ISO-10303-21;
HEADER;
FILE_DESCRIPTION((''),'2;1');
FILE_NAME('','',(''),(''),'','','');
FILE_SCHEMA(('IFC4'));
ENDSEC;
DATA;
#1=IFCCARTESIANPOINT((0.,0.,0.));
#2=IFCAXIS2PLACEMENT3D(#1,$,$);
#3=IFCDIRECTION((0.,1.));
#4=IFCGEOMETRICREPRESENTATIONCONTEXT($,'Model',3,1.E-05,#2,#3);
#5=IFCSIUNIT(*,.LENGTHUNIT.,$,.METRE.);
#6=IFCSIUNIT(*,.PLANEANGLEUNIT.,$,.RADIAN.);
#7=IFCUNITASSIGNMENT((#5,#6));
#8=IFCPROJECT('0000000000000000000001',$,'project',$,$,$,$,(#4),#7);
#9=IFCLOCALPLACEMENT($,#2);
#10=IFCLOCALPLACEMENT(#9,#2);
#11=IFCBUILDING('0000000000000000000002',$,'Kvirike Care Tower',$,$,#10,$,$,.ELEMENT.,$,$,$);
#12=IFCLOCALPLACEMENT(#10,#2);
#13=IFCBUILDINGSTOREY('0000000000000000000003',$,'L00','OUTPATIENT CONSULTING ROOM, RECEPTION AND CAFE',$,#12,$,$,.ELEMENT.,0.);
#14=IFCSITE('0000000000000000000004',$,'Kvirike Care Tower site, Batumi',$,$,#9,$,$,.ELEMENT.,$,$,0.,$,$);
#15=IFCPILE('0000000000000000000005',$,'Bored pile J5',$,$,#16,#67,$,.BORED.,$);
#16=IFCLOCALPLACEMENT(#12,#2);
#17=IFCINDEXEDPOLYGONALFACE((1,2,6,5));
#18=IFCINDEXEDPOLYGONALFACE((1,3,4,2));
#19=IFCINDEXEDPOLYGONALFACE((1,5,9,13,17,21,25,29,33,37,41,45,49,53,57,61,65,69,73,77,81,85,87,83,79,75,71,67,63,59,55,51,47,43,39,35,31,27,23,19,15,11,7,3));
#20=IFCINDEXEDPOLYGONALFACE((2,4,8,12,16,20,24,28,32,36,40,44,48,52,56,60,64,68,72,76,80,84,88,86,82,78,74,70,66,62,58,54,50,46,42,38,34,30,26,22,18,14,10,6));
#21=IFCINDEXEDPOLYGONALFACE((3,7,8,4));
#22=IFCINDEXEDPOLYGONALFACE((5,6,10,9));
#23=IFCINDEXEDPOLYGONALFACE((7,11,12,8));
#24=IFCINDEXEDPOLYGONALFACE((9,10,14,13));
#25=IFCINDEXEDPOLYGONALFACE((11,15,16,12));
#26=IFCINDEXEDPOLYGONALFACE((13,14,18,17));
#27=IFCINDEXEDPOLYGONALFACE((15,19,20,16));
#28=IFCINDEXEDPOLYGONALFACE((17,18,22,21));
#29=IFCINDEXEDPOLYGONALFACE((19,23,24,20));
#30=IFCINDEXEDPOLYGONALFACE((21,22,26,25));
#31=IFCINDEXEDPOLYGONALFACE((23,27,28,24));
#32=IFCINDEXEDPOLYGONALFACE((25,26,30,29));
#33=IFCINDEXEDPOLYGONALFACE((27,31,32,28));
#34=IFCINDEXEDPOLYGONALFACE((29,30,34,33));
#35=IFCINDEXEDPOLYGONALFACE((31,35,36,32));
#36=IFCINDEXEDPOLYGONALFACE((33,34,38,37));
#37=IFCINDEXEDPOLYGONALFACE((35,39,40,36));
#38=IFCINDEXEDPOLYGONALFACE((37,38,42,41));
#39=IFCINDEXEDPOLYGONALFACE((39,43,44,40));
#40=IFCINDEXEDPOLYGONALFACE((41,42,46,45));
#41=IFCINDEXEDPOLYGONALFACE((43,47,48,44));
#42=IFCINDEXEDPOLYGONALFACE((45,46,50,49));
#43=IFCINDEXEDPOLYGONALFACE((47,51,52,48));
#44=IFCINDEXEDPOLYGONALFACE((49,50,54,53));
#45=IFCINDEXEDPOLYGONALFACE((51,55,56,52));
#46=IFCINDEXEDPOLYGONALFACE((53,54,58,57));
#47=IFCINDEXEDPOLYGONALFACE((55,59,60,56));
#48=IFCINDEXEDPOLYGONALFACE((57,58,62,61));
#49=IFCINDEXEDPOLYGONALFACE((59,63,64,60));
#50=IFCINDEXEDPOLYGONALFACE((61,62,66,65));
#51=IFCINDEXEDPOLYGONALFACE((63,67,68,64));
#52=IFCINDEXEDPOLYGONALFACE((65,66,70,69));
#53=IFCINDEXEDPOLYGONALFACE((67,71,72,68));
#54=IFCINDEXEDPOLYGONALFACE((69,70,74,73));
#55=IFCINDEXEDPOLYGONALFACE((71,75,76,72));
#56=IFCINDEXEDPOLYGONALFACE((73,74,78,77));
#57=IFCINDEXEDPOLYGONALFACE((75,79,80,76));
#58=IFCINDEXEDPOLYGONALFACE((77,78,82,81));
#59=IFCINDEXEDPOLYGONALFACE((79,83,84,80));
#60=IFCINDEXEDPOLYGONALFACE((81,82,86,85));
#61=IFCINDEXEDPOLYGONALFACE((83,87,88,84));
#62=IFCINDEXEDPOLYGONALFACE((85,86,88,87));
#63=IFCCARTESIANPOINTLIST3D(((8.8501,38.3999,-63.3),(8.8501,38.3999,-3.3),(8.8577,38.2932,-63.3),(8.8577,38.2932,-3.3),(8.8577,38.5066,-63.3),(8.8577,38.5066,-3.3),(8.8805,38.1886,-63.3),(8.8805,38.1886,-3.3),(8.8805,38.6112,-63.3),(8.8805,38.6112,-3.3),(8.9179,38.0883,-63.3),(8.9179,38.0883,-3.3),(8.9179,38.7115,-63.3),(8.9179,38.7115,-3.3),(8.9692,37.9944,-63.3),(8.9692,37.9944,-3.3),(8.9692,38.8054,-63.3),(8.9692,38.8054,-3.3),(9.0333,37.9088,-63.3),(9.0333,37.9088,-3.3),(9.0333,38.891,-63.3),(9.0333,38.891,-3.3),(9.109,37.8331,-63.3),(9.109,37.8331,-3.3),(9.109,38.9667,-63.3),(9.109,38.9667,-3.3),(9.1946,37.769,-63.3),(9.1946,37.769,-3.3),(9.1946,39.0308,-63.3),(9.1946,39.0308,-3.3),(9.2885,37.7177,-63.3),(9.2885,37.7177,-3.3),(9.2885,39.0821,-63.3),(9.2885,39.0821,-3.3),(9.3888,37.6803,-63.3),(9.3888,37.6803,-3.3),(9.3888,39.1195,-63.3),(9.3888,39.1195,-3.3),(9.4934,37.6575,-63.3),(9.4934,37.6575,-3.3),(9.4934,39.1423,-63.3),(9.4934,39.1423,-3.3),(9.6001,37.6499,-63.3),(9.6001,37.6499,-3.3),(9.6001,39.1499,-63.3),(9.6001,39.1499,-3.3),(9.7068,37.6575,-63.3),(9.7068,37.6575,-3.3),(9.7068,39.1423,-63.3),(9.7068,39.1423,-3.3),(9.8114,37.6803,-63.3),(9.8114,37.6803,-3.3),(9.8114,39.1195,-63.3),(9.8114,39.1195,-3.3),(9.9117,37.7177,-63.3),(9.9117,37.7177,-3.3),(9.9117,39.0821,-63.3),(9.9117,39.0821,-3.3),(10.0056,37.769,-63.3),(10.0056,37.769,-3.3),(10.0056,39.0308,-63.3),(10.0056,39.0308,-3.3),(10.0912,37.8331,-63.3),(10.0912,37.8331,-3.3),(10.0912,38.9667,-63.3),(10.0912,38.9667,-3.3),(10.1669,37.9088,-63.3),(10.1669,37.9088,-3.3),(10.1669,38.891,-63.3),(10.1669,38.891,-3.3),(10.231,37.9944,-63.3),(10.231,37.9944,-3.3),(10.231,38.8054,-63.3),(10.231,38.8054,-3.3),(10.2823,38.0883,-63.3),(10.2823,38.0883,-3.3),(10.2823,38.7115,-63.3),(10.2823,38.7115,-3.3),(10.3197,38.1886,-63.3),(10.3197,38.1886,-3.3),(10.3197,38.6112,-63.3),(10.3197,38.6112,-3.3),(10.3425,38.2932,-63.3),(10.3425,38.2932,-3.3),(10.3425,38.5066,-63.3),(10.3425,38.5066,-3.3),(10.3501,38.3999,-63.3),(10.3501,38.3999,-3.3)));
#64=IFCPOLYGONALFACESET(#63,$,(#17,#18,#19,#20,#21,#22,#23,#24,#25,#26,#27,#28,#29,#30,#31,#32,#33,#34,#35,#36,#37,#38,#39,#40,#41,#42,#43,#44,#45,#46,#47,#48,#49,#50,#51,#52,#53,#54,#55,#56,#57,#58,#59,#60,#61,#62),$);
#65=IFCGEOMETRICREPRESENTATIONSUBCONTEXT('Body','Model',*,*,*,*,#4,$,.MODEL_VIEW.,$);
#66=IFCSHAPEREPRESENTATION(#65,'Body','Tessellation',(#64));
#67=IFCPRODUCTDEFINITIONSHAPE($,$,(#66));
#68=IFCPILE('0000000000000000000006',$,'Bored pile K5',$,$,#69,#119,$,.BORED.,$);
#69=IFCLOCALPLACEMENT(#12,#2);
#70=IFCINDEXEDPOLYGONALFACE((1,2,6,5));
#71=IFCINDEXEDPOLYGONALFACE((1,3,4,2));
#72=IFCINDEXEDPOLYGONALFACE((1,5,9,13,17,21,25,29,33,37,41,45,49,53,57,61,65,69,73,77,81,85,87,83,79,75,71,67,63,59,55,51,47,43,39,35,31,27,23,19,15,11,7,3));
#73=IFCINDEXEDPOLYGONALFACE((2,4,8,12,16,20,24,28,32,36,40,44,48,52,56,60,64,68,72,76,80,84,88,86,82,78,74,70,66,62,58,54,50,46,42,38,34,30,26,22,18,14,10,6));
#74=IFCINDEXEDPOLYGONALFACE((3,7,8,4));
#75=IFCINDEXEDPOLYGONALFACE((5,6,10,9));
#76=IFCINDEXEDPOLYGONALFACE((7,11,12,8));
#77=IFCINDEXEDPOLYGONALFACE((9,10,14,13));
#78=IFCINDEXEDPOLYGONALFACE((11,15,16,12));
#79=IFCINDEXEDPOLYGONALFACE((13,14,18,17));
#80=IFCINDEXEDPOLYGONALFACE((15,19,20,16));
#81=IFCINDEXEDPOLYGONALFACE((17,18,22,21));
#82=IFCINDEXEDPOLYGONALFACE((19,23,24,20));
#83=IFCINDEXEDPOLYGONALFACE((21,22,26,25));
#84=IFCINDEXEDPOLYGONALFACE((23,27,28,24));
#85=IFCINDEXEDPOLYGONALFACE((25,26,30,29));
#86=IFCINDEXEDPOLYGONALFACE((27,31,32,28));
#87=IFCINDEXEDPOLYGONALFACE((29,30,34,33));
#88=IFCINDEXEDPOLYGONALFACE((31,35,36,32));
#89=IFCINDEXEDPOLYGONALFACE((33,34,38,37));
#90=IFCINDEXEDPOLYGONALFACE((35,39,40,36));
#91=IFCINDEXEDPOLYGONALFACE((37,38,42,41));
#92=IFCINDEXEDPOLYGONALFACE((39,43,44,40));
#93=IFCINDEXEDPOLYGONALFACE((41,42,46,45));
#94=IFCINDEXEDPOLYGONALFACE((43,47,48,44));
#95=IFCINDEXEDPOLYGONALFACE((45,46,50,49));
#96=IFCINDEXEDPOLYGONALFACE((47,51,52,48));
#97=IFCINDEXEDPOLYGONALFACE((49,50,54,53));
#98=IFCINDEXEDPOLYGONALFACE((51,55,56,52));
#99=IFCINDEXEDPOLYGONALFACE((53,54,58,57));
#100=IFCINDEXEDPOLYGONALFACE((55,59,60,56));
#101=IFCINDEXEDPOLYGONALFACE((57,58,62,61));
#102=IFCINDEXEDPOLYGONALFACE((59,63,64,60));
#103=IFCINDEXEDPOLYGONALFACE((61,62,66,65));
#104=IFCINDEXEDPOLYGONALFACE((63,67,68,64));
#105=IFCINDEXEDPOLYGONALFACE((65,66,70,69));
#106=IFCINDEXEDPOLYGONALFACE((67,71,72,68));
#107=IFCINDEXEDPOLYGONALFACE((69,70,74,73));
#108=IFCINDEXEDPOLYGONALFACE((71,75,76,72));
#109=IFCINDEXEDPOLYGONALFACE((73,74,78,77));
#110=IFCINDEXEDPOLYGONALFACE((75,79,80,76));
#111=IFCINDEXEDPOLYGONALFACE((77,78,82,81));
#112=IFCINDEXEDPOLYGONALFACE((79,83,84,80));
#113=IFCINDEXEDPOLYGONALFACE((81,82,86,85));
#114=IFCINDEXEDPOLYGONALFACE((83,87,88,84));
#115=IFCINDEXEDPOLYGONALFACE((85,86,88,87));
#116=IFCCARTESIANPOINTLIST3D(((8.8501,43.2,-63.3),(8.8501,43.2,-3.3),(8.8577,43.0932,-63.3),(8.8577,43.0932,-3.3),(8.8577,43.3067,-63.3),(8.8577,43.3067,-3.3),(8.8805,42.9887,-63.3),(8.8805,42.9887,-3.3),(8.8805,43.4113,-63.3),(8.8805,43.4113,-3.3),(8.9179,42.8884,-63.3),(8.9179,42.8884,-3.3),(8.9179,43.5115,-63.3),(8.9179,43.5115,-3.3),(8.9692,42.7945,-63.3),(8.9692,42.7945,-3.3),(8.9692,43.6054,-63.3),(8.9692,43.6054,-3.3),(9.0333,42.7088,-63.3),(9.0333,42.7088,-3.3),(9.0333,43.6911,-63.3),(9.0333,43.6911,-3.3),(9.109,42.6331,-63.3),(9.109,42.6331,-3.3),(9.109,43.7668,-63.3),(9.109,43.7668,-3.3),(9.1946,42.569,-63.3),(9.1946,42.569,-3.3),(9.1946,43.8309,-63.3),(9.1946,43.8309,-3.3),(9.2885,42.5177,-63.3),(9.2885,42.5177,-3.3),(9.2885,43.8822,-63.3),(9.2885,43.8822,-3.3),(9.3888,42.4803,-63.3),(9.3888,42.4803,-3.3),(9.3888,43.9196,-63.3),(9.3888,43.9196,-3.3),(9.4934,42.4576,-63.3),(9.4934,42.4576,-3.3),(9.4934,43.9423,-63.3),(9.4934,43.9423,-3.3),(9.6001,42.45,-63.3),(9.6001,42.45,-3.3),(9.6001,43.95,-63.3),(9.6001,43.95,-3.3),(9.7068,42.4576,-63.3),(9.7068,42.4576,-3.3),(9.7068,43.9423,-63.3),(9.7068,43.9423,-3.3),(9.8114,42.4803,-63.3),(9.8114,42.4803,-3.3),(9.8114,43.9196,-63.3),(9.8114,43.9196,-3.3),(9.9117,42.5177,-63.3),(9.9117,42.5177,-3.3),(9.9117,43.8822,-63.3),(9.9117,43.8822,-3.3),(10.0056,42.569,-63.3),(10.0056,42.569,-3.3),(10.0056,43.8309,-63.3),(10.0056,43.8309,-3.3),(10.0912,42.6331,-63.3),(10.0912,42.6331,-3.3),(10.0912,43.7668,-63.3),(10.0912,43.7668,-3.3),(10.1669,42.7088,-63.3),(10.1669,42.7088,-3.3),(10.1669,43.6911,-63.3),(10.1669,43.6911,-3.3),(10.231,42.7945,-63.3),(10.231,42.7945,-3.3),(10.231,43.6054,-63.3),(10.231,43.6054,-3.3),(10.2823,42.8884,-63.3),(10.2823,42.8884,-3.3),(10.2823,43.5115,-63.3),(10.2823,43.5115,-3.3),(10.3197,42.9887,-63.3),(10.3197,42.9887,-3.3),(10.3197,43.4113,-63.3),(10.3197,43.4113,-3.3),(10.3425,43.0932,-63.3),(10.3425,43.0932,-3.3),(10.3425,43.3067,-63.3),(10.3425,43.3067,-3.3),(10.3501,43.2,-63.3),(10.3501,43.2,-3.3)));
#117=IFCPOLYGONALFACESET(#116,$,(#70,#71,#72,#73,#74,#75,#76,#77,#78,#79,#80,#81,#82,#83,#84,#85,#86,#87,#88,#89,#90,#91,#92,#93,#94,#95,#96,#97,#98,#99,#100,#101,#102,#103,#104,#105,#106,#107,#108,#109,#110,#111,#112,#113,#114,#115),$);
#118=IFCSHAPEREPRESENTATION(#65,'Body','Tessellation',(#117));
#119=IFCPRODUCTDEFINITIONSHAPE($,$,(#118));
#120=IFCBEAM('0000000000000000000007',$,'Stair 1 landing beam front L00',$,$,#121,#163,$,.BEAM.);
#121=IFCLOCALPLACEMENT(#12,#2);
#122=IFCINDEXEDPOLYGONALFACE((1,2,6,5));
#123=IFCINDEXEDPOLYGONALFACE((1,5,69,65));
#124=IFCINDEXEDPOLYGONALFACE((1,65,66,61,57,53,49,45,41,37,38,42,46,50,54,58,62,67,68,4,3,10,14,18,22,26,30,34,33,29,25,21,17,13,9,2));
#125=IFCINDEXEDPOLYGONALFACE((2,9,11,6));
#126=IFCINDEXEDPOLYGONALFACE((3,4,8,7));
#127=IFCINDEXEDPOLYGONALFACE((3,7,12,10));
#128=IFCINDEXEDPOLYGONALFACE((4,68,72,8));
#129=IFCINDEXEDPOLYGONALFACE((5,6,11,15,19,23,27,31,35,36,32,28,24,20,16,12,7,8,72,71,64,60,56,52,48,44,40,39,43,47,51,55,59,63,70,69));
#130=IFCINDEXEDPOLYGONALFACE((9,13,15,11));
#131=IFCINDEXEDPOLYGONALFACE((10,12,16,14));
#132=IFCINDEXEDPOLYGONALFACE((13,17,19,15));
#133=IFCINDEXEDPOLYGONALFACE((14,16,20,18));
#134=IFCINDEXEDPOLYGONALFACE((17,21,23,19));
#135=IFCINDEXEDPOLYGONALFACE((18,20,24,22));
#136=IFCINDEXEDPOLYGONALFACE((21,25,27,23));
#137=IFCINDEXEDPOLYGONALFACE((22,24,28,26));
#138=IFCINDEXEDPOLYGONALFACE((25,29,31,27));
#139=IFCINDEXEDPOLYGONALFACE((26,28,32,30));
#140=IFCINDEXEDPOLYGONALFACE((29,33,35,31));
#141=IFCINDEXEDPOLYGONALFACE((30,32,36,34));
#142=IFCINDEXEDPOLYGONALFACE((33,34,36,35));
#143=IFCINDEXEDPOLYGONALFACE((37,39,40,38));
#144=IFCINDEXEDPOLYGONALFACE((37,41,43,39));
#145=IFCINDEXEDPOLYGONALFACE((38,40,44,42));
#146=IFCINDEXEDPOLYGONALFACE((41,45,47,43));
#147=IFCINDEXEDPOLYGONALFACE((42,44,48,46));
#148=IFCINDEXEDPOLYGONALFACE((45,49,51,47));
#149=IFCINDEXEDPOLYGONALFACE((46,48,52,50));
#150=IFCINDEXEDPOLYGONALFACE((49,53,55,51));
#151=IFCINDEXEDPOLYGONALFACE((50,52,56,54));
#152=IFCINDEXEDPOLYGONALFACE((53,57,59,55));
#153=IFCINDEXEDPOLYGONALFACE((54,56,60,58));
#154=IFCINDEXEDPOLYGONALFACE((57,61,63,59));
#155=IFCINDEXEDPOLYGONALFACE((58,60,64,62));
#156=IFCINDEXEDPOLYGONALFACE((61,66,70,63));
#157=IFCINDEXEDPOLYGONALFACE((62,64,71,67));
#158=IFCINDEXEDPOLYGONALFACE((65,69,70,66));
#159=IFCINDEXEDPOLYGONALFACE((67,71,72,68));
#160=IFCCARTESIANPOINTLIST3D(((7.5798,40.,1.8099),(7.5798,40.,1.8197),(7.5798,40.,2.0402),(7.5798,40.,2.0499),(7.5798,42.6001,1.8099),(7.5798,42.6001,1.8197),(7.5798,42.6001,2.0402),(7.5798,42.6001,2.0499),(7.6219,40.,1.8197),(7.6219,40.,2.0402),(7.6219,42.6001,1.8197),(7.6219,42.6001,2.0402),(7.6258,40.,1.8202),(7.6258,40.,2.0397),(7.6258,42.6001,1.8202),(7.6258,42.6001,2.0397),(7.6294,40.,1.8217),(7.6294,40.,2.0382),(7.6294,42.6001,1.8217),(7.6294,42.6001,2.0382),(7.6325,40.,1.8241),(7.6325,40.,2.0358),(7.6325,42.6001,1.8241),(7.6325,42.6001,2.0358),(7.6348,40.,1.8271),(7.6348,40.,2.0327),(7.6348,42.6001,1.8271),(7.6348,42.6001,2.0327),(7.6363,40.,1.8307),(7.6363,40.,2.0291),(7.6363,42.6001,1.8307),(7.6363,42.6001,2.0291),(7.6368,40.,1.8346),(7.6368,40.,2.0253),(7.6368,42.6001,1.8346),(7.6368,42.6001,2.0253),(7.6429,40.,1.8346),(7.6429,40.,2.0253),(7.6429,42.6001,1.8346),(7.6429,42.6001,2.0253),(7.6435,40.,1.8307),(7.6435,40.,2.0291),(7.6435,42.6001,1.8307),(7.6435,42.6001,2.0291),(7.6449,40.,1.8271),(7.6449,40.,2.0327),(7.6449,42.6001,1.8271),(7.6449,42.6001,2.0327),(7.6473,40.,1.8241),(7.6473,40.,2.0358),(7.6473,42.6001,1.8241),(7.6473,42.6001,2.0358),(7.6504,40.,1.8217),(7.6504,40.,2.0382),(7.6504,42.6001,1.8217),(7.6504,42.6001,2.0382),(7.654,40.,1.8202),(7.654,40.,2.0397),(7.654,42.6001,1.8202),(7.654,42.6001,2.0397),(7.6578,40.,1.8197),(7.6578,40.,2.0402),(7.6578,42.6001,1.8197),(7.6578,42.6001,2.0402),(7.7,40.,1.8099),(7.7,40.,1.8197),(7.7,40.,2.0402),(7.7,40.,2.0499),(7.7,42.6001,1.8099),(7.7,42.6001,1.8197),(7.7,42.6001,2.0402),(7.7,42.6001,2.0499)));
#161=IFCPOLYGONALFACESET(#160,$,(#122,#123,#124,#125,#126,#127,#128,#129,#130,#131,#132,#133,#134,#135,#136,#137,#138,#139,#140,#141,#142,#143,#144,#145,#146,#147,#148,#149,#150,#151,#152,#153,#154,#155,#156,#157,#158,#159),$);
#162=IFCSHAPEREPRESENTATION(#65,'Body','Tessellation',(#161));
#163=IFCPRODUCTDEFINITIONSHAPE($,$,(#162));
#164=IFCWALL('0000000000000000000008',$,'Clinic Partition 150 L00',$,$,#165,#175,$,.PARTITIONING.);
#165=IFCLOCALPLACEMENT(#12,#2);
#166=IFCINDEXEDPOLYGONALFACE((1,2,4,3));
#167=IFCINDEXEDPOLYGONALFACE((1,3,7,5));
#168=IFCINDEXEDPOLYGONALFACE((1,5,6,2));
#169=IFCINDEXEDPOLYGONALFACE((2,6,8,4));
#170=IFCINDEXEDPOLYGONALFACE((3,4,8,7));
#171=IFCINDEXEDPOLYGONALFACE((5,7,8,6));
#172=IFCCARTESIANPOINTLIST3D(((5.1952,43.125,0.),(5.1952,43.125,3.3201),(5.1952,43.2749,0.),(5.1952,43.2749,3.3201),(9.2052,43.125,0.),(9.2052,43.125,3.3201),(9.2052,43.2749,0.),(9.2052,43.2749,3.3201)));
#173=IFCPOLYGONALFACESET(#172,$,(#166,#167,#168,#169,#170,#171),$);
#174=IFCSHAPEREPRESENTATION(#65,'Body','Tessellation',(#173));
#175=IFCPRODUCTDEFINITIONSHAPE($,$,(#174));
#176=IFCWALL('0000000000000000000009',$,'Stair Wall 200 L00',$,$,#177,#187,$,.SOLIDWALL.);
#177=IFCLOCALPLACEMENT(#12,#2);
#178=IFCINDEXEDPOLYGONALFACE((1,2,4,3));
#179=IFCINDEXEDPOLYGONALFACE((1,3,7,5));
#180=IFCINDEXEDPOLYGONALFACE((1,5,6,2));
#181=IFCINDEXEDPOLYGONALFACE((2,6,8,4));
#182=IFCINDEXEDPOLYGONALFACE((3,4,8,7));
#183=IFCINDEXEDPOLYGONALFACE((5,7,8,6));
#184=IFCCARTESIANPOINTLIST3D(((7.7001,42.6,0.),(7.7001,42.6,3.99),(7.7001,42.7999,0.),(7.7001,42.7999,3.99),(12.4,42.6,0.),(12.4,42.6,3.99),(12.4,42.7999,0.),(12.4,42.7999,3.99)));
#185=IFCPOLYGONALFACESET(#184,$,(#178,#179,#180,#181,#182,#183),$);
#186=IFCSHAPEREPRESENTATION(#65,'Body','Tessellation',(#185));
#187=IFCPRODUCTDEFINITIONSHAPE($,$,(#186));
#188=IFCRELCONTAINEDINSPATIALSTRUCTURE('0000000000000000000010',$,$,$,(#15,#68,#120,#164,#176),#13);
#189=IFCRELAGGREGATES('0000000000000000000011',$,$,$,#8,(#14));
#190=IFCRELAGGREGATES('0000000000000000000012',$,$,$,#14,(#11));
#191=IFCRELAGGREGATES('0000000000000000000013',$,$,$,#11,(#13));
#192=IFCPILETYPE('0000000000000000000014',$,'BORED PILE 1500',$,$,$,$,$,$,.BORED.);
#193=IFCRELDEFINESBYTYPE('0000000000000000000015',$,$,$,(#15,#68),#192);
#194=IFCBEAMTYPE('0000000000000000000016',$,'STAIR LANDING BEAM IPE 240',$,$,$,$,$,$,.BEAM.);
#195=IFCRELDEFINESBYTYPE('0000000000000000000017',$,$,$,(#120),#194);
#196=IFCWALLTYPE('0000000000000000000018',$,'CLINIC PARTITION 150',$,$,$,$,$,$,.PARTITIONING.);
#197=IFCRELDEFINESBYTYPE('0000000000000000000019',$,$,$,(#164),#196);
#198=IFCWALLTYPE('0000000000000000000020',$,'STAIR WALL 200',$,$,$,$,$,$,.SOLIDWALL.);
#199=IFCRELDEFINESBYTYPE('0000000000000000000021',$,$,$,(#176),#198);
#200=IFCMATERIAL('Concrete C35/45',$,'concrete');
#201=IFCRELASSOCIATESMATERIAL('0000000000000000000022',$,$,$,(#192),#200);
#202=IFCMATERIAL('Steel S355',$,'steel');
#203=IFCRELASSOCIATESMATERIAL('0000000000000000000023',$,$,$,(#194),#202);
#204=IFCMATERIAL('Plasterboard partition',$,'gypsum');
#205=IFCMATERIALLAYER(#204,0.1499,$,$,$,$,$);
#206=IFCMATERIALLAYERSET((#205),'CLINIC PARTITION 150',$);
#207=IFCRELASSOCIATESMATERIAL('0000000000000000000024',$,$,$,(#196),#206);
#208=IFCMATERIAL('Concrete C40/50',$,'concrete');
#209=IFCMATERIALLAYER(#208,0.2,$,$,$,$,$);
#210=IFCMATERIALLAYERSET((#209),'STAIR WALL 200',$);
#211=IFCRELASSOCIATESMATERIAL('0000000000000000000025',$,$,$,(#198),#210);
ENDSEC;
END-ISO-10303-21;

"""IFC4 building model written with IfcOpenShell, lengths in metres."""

from ifc_helpers import new_model, si_unit, direction, frame, frame_2d, origin, origin_2d, place, context, subcontext, project, spatial, rectangle, circle, i_section, extrude, material, layer, layer_set, material_profile, profile_set, type_object, element, save


model = new_model("IFC4")

# Units and contexts
model_context = context("Model", 3, precision=1e-05, world=origin(), true_north=direction((0.0, 1.0)))
body_context = subcontext(model_context, "Body", "Model", "MODEL_VIEW")
ifc_project = project(units=[si_unit("LENGTHUNIT", "METRE"), si_unit("PLANEANGLEUNIT", "RADIAN")], contexts=[model_context])

# Site, building, storey
site_placement = place(None, origin())
site = spatial("IfcSite", under=ifc_project, at=site_placement, Name="Kvirike Care Tower site, Batumi", CompositionType="ELEMENT", RefElevation=0.0)
building_placement = place(site_placement, origin())
building = spatial("IfcBuilding", under=site, at=building_placement, Name="Kvirike Care Tower", CompositionType="ELEMENT")
storey_placement = place(building_placement, origin())
storey = spatial("IfcBuildingStorey", under=building, at=storey_placement, Name="L00", Description="OUTPATIENT CONSULTING ROOM, RECEPTION AND CAFE", CompositionType="ELEMENT", Elevation=0.0)

# Piles
ifc_material_1 = material(Name="Concrete C35/45", Category="concrete")
ifc_material_profile_1 = material_profile(ifc_material_1, circle(Radius=0.75, at=origin_2d()), Name="BORED PILE 1500")
ifc_profile_set_1 = profile_set([ifc_material_profile_1], Name="Concrete C35/45")
pile_type = type_object("IfcPileType", Name="BORED PILE 1500", PredefinedType="BORED", material=ifc_profile_set_1)
for number, where, z_axis, x_axis, name in (
    (1, (9.6001, 38.3999, -3.3), (0.0, 0.0, -1.0), (1.0, 0.0, 0.0), "Bored pile J5"),
    (2, (9.6001, 43.2, -3.3), (0.0, 0.0, -1.0), (1.0, 0.0, 0.0), "Bored pile K5"),
):
    element("IfcPile", number, at=place(storey_placement, frame(where, z_axis=z_axis, x_axis=x_axis)), inside=storey, type_object=pile_type, Name=name, PredefinedType="BORED", context=body_context, shape_type="SweptSolid", body=[
        extrude(circle(Radius=0.75, at=origin_2d()), origin(), (0.0, 0.0, 1.0), 60.0),
    ])

# Beam
ifc_material_2 = material(Name="Steel S355", Category="steel")
ifc_material_profile_2 = material_profile(ifc_material_2, i_section(OverallWidth=0.1201, OverallDepth=0.24, WebThickness=0.0061, FlangeThickness=0.0098, FilletRadius=0.0149, at=origin_2d()), Name="IPE 240")
ifc_profile_set_2 = profile_set([ifc_material_profile_2], Name="Steel S355")
beam_type = type_object("IfcBeamType", Name="STAIR LANDING BEAM IPE 240", PredefinedType="BEAM", material=ifc_profile_set_2)
beam_placement = place(storey_placement, frame((7.6399, 42.6001, 1.9299), z_axis=(0.0, -1.0, 0.0), x_axis=(1.0, 0.0, 0.0)))
element("IfcBeam", 3, at=beam_placement, inside=storey, type_object=beam_type, Name="Stair 1 landing beam front L00", PredefinedType="BEAM", context=body_context, shape_type="SweptSolid", body=[
    extrude(i_section(OverallWidth=0.1201, OverallDepth=0.24, WebThickness=0.0061, FlangeThickness=0.0098, FilletRadius=0.0149, at=origin_2d()), origin(), (0.0, 0.0, 1.0), 2.6001),
])

# Walls
ifc_material_3 = material(Name="Plasterboard partition", Category="gypsum")
ifc_layer_1 = layer(ifc_material_3, 0.1499)
ifc_layer_set_1 = layer_set([ifc_layer_1], Name="CLINIC PARTITION 150")
wall_type_1 = type_object("IfcWallType", Name="CLINIC PARTITION 150", PredefinedType="PARTITIONING", material=ifc_layer_set_1)
wall_1_placement = place(storey_placement, frame((9.2051, 43.2, 0.0), z_axis=(0.0, 0.0, 1.0), x_axis=(-1.0, 0.0, 0.0)))
element("IfcWall", 4, at=wall_1_placement, inside=storey, type_object=wall_type_1, Name="Clinic Partition 150 L00", PredefinedType="PARTITIONING", context=body_context, shape_type="SweptSolid", body=[
    extrude(rectangle(XDim=4.01, YDim=0.1499, at=frame_2d((2.0049, 0.0))), origin(), (0.0, 0.0, 1.0), 3.3201),
])
ifc_material_4 = material(Name="Concrete C40/50", Category="concrete")
ifc_layer_2 = layer(ifc_material_4, 0.2)
ifc_layer_set_2 = layer_set([ifc_layer_2], Name="STAIR WALL 200")
wall_type_2 = type_object("IfcWallType", Name="STAIR WALL 200", PredefinedType="SOLIDWALL", material=ifc_layer_set_2)
wall_2_placement = place(storey_placement, frame((7.7, 42.7, 0.0), z_axis=(0.0, 0.0, 1.0), x_axis=(1.0, 0.0, 0.0)))
element("IfcWall", 5, at=wall_2_placement, inside=storey, type_object=wall_type_2, Name="Stair Wall 200 L00", PredefinedType="SOLIDWALL", context=body_context, shape_type="SweptSolid", body=[
    extrude(rectangle(XDim=4.7, YDim=0.2, at=frame_2d((2.3501, 0.0))), origin(), (0.0, 0.0, 1.0), 3.99),
])

save(model, "model.ifc")
